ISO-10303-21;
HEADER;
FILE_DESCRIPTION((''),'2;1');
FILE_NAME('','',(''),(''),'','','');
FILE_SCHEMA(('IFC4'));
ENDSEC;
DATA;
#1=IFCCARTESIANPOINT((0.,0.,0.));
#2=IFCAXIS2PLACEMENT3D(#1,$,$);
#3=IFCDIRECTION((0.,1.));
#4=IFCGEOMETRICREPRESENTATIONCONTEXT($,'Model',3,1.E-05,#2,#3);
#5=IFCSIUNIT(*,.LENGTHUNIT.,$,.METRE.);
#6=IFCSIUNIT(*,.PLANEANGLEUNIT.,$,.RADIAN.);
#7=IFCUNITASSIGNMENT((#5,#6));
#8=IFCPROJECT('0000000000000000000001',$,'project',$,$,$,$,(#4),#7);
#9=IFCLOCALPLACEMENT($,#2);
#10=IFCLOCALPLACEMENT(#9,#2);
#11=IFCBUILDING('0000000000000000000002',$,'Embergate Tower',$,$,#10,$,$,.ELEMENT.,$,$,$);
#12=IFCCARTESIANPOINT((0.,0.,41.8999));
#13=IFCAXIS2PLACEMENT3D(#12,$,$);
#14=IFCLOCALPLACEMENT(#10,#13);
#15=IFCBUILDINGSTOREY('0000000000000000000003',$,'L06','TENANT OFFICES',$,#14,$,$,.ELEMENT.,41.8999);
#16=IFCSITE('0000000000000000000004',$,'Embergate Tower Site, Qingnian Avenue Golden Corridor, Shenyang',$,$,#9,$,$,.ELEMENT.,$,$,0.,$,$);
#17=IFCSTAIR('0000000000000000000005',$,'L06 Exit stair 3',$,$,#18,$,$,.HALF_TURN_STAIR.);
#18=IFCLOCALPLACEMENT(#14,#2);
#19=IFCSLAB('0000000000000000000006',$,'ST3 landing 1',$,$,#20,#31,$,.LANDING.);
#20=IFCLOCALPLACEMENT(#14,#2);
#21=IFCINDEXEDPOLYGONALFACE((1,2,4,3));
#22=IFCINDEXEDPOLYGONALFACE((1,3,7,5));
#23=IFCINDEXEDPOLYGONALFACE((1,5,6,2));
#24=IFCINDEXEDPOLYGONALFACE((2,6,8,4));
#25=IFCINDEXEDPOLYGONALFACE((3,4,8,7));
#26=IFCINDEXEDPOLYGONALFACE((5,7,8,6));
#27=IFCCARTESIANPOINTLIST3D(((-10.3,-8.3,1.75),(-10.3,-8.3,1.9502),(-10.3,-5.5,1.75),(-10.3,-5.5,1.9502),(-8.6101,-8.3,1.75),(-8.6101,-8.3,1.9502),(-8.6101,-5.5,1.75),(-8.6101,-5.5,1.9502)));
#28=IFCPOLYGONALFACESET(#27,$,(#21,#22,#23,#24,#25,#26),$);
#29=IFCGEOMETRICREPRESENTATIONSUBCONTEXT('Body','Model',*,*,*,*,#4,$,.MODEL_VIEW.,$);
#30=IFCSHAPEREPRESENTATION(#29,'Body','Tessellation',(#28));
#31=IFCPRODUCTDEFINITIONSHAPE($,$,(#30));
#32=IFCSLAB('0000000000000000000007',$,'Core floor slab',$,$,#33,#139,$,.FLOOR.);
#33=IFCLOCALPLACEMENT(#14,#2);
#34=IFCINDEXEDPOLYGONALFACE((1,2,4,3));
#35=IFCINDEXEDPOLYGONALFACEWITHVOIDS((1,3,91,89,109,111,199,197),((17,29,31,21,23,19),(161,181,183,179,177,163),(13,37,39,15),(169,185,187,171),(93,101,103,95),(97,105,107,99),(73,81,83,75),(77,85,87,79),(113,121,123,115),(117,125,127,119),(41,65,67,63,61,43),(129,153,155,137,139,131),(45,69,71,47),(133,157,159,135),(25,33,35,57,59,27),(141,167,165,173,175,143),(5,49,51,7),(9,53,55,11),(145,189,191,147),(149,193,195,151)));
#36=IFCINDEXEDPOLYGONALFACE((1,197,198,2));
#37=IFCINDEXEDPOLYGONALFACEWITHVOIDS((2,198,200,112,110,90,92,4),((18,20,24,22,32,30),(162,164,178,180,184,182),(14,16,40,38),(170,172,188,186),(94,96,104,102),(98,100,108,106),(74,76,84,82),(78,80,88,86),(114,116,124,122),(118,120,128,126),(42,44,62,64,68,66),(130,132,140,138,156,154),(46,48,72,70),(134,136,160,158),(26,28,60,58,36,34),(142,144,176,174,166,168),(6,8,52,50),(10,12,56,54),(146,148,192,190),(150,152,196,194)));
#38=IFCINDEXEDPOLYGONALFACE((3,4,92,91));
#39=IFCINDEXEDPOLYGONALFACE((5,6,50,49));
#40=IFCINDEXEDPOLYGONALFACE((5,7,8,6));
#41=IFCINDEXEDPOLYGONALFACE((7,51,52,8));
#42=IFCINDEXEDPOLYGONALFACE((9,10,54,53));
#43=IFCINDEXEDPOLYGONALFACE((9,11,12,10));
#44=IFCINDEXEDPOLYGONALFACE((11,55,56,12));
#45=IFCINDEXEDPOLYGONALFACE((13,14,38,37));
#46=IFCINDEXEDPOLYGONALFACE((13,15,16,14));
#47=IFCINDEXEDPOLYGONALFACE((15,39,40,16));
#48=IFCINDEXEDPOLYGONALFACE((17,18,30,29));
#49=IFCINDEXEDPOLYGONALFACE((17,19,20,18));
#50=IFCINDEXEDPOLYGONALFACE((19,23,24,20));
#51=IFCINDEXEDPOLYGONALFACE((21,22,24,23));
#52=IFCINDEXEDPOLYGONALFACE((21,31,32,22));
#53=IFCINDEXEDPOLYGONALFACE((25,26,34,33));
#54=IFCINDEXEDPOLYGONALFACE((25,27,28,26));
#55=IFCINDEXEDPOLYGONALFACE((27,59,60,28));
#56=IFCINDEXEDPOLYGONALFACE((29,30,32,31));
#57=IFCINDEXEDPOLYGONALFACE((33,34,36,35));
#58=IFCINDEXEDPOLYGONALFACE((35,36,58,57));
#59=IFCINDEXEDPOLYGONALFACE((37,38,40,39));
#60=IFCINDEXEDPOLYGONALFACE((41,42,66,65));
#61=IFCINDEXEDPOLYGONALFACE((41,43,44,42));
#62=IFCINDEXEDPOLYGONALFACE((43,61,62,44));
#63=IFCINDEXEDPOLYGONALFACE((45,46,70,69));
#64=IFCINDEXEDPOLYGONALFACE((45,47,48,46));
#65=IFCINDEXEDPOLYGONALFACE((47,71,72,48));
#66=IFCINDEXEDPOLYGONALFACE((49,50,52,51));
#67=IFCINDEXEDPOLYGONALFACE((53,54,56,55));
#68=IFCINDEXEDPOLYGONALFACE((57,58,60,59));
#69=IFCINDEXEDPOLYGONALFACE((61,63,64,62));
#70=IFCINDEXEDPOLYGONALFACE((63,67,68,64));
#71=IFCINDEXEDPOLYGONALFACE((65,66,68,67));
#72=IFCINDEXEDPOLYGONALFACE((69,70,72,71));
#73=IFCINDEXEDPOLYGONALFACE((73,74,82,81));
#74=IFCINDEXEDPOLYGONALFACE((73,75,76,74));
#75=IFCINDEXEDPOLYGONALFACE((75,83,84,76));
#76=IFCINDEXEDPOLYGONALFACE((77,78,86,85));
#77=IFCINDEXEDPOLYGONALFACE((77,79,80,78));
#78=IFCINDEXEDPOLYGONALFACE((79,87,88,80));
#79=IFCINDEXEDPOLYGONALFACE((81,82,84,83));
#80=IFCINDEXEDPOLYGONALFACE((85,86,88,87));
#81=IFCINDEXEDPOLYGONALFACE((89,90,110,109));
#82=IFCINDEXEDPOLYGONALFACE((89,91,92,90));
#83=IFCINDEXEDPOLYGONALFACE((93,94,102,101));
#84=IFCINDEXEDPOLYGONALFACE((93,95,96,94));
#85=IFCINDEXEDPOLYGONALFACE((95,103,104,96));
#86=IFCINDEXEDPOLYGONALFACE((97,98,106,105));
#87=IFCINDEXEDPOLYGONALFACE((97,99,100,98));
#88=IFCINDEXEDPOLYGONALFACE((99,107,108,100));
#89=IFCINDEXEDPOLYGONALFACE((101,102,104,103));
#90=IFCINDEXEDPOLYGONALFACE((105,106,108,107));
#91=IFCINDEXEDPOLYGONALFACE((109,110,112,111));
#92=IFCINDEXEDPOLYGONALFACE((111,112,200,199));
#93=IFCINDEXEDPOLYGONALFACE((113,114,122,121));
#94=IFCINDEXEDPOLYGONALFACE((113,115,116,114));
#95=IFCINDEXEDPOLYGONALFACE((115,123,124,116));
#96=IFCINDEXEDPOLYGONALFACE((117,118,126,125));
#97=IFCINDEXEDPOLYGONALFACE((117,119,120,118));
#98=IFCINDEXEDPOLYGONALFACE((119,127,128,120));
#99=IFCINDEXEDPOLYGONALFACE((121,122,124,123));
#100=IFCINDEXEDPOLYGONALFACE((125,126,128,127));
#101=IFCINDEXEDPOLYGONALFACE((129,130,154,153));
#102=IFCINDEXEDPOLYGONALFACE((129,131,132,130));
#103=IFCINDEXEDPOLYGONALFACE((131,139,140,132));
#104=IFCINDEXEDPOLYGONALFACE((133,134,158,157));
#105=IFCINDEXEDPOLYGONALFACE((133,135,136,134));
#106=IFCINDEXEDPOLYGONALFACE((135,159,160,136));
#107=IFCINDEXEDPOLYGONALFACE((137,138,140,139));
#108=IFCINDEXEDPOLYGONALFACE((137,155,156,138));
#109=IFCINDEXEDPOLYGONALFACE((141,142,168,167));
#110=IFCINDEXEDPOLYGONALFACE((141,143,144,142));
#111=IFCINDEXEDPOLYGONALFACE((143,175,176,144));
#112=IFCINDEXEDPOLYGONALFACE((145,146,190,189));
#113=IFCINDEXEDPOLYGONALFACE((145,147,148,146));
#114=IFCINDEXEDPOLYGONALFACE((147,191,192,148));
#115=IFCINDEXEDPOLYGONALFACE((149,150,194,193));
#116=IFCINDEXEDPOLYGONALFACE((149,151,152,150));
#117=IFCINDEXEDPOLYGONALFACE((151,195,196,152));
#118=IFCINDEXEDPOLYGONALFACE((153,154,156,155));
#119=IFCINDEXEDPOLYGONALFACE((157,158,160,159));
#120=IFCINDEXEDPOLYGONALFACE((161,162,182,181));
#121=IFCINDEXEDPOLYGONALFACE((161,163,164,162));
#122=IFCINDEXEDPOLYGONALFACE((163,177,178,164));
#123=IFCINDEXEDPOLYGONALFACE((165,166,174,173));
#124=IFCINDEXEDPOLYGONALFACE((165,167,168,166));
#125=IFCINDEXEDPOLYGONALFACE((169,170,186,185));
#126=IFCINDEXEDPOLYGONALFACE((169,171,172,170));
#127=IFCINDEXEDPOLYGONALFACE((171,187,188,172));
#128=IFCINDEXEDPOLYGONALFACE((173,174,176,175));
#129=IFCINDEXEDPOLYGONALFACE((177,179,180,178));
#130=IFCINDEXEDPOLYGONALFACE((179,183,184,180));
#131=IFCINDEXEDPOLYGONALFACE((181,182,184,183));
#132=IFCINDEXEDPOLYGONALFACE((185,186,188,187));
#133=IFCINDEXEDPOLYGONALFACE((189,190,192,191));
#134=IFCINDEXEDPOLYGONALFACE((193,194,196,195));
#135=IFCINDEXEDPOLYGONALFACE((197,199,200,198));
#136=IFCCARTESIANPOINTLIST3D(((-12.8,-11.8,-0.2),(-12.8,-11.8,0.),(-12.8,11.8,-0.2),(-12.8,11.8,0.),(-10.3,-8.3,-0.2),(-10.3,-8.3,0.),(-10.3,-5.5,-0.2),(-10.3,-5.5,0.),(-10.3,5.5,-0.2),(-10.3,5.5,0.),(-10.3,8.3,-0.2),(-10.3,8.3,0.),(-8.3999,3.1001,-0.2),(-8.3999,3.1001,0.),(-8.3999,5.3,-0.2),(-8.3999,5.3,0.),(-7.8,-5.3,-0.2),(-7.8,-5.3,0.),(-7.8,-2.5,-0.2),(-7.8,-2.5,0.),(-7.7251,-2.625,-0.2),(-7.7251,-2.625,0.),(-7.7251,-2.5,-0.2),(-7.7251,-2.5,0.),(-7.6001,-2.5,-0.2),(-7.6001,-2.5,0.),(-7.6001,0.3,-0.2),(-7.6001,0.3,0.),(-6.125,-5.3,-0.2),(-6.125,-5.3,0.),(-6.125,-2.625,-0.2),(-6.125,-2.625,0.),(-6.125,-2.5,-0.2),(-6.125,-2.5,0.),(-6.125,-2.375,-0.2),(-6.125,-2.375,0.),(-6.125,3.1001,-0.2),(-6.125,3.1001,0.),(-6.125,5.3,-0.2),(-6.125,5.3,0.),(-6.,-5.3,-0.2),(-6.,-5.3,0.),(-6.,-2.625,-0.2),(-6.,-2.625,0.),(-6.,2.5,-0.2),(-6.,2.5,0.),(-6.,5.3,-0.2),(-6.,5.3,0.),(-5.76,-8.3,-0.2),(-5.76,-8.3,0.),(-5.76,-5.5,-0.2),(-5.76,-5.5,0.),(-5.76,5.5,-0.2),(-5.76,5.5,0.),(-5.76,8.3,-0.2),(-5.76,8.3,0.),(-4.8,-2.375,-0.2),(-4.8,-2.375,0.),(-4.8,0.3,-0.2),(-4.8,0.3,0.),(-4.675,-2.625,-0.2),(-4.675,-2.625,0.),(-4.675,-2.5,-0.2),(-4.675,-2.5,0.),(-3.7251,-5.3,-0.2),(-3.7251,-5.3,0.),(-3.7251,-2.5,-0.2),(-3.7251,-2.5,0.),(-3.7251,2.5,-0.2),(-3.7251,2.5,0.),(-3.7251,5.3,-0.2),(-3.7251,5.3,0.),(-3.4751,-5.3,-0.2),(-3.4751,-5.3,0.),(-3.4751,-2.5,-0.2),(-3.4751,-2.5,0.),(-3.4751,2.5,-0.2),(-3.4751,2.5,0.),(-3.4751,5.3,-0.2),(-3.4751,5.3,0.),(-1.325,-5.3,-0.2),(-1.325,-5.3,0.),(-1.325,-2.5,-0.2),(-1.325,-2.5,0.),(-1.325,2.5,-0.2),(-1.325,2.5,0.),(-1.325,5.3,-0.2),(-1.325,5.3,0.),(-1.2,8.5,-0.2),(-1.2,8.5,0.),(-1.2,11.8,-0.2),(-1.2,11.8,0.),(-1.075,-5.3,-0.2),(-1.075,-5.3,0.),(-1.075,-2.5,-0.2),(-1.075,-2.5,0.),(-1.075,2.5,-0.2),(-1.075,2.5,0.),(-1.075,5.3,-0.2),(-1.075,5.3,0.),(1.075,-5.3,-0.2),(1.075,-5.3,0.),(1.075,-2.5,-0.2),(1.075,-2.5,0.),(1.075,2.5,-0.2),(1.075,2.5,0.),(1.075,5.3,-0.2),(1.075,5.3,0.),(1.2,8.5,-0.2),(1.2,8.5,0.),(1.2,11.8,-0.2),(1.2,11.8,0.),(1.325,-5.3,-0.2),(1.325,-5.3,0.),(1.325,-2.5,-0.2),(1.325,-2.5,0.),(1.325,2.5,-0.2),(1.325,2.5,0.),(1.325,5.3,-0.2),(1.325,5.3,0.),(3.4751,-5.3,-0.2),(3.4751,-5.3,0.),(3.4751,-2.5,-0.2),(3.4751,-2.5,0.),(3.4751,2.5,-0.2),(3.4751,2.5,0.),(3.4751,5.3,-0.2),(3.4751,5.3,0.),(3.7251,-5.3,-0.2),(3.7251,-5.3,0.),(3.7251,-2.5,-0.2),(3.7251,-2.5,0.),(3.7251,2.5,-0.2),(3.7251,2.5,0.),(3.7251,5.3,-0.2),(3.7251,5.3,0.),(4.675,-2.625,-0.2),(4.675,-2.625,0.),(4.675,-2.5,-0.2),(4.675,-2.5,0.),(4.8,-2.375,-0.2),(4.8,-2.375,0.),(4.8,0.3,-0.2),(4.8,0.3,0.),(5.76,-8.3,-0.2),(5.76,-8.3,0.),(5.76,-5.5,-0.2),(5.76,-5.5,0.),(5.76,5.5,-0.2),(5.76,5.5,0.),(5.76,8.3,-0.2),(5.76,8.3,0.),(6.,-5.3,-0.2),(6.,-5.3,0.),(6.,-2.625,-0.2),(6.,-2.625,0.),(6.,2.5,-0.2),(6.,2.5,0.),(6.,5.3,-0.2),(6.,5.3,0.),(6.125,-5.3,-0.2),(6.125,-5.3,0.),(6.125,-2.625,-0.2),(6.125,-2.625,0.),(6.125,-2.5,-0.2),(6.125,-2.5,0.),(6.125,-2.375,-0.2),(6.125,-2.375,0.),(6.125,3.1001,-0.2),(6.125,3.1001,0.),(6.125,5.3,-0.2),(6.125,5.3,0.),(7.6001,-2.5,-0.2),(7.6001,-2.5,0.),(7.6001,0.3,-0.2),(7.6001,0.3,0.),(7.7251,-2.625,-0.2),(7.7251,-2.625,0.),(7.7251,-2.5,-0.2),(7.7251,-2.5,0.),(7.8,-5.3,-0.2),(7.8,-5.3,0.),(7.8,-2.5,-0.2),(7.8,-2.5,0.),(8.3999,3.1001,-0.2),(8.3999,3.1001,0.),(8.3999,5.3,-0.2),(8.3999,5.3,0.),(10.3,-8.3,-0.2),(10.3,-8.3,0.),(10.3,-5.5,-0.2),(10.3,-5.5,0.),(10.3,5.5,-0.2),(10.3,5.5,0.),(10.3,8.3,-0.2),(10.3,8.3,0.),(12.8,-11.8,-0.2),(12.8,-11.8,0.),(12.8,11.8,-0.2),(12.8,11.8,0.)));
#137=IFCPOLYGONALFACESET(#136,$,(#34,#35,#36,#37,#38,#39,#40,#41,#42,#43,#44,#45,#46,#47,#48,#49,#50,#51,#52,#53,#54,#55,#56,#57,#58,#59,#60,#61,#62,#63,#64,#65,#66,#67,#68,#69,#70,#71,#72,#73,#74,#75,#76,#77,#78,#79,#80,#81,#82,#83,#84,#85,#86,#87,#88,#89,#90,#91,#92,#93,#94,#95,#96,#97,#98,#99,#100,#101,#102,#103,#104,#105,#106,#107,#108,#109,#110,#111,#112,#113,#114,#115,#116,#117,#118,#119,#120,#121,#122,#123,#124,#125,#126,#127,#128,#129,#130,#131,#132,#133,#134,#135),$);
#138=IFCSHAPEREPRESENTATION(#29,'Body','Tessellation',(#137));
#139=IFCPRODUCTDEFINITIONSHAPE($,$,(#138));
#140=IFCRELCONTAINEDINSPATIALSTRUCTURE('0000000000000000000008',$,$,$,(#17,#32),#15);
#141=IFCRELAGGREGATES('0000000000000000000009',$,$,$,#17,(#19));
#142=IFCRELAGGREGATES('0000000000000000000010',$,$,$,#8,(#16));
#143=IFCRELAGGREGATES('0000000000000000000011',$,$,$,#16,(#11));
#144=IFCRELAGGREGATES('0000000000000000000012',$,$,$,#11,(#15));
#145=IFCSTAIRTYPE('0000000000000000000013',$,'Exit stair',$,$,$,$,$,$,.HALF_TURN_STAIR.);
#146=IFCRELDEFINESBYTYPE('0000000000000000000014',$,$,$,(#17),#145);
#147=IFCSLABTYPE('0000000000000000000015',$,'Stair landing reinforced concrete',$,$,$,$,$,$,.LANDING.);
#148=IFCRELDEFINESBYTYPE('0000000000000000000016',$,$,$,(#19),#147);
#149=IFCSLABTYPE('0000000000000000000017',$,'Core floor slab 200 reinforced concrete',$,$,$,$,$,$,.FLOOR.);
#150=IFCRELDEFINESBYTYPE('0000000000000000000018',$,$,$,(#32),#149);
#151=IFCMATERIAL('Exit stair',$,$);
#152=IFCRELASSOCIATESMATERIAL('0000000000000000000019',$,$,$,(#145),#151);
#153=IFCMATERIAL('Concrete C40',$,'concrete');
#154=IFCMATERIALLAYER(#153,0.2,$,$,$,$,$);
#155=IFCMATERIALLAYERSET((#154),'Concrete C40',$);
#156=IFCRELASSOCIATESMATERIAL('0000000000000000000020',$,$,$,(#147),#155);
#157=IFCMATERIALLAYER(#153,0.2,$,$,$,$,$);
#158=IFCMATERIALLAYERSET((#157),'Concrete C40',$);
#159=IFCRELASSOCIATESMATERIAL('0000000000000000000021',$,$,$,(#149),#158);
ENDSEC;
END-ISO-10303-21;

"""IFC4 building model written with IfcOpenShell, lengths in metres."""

from ifc_helpers import new_model, si_unit, direction, frame, origin, place, context, subcontext, project, spatial, polyline, outline, extrude, source, transform, mapped, material, layer, layer_set, type_object, element, aggregate, save


model = new_model("IFC4")

# Units and contexts
model_context = context("Model", 3, precision=1e-05, world=origin(), true_north=direction((0.0, 1.0)))
body_context = subcontext(model_context, "Body", "Model", "MODEL_VIEW")
ifc_project = project(units=[si_unit("LENGTHUNIT", "METRE"), si_unit("PLANEANGLEUNIT", "RADIAN")], contexts=[model_context])

# Site, building, storey
site_placement = place(None, origin())
site = spatial("IfcSite", under=ifc_project, at=site_placement, Name="Embergate Tower Site, Qingnian Avenue Golden Corridor, Shenyang", CompositionType="ELEMENT", RefElevation=0.0)
building_placement = place(site_placement, origin())
building = spatial("IfcBuilding", under=site, at=building_placement, Name="Embergate Tower", CompositionType="ELEMENT")
storey_placement = place(building_placement, frame((0.0, 0.0, 41.8999)))
storey = spatial("IfcBuildingStorey", under=building, at=storey_placement, Name="L06", Description="TENANT OFFICES", CompositionType="ELEMENT", Elevation=41.8999)

# Stair, slab
ifc_material_1 = material(Name="Exit stair")
stair_type = type_object("IfcStairType", Name="Exit stair", PredefinedType="HALF_TURN_STAIR", material=ifc_material_1)
stair_placement = place(storey_placement, origin())
stair = element("IfcStair", 1, at=stair_placement, inside=storey, type_object=stair_type, Name="L06 Exit stair 3", PredefinedType="HALF_TURN_STAIR")
ifc_material_2 = material(Name="Concrete C40", Category="concrete")
ifc_layer_1 = layer(ifc_material_2, 0.2)
ifc_layer_set_1 = layer_set([ifc_layer_1], Name="Concrete C40")
slab_type_1 = type_object("IfcSlabType", Name="Stair landing reinforced concrete", PredefinedType="LANDING", material=ifc_layer_set_1)
shared_shape_1 = source(origin(), body_context, "Body", "SweptSolid", [
    extrude(outline(polyline([(0.0, 0.0), (1.6899, 0.0), (1.6899, 2.8), (0.0, 2.8), (0.0, 0.0)])), origin(), (0.0, 0.0, 1.0), 0.2002),
])
slab_1_placement = place(storey_placement, frame((-10.3, -8.3, 1.75)))
slab_1 = element("IfcSlab", 2, at=slab_1_placement, type_object=slab_type_1, Name="ST3 landing 1", PredefinedType="LANDING", context=body_context, shape_type="MappedRepresentation", body=[
    mapped(shared_shape_1, transform((0.0, 0.0, 0.0))),
])

# Slab
ifc_layer_2 = layer(ifc_material_2, 0.2)
ifc_layer_set_2 = layer_set([ifc_layer_2], Name="Concrete C40")
slab_type_2 = type_object("IfcSlabType", Name="Core floor slab 200 reinforced concrete", PredefinedType="FLOOR", material=ifc_layer_set_2)
shared_shape_2 = source(origin(), body_context, "Body", "SweptSolid", [
    extrude(outline(polyline([(0.0, 0.0), (25.6001, 0.0), (25.6001, 23.6001), (14.0, 23.6001), (14.0, 20.3), (11.6001, 20.3), (11.6001, 23.6001), (0.0, 23.6001), (0.0, 0.0)]), holes=[polyline([(2.5, 3.5), (2.5, 6.3), (7.04, 6.3), (7.04, 3.5), (2.5, 3.5)]), polyline([(18.5601, 3.5), (18.5601, 6.3), (23.1001, 6.3), (23.1001, 3.5), (18.5601, 3.5)]), polyline([(5.0, 6.5), (5.0, 9.3), (5.075, 9.3), (5.075, 9.175), (6.675, 9.175), (6.675, 6.5), (5.0, 6.5)]), polyline([(6.8, 6.5), (6.8, 9.175), (8.125, 9.175), (8.125, 9.3), (9.075, 9.3), (9.075, 6.5), (6.8, 6.5)]), polyline([(9.325, 6.5), (9.325, 9.3), (11.4751, 9.3), (11.4751, 6.5), (9.325, 6.5)]), polyline([(11.7251, 6.5), (11.7251, 9.3), (13.875, 9.3), (13.875, 6.5), (11.7251, 6.5)]), polyline([(14.125, 6.5), (14.125, 9.3), (16.2751, 9.3), (16.2751, 6.5), (14.125, 6.5)]), polyline([(16.5251, 6.5), (16.5251, 9.3), (17.4751, 9.3), (17.4751, 9.175), (18.8, 9.175), (18.8, 6.5), (16.5251, 6.5)]), polyline([(18.925, 6.5), (18.925, 9.175), (20.5251, 9.175), (20.5251, 9.3), (20.6001, 9.3), (20.6001, 6.5), (18.925, 6.5)]), polyline([(5.2, 9.3), (5.2, 12.1001), (8.0, 12.1001), (8.0, 9.425), (6.675, 9.425), (6.675, 9.3), (5.2, 9.3)]), polyline([(18.925, 9.3), (18.925, 9.425), (17.6001, 9.425), (17.6001, 12.1001), (20.4001, 12.1001), (20.4001, 9.3), (18.925, 9.3)]), polyline([(6.8, 14.3), (6.8, 17.1001), (9.075, 17.1001), (9.075, 14.3), (6.8, 14.3)]), polyline([(9.325, 14.3), (9.325, 17.1001), (11.4751, 17.1001), (11.4751, 14.3), (9.325, 14.3)]), polyline([(11.7251, 14.3), (11.7251, 17.1001), (13.875, 17.1001), (13.875, 14.3), (11.7251, 14.3)]), polyline([(14.125, 14.3), (14.125, 17.1001), (16.2751, 17.1001), (16.2751, 14.3), (14.125, 14.3)]), polyline([(16.5251, 14.3), (16.5251, 17.1001), (18.8, 17.1001), (18.8, 14.3), (16.5251, 14.3)]), polyline([(4.4001, 14.9001), (4.4001, 17.1001), (6.675, 17.1001), (6.675, 14.9001), (4.4001, 14.9001)]), polyline([(18.925, 14.9001), (18.925, 17.1001), (21.2, 17.1001), (21.2, 14.9001), (18.925, 14.9001)]), polyline([(2.5, 17.3), (2.5, 20.1001), (7.04, 20.1001), (7.04, 17.3), (2.5, 17.3)]), polyline([(18.5601, 17.3), (18.5601, 20.1001), (23.1001, 20.1001), (23.1001, 17.3), (18.5601, 17.3)])]), origin(), (0.0, 0.0, 1.0), 0.2),
])
slab_2_placement = place(storey_placement, frame((-12.8, -11.8, -0.2)))
element("IfcSlab", 3, at=slab_2_placement, inside=storey, type_object=slab_type_2, Name="Core floor slab", PredefinedType="FLOOR", context=body_context, shape_type="MappedRepresentation", body=[
    mapped(shared_shape_2, transform((0.0, 0.0, 0.0))),
])

aggregate(stair, [slab_1])

save(model, "model.ifc")
